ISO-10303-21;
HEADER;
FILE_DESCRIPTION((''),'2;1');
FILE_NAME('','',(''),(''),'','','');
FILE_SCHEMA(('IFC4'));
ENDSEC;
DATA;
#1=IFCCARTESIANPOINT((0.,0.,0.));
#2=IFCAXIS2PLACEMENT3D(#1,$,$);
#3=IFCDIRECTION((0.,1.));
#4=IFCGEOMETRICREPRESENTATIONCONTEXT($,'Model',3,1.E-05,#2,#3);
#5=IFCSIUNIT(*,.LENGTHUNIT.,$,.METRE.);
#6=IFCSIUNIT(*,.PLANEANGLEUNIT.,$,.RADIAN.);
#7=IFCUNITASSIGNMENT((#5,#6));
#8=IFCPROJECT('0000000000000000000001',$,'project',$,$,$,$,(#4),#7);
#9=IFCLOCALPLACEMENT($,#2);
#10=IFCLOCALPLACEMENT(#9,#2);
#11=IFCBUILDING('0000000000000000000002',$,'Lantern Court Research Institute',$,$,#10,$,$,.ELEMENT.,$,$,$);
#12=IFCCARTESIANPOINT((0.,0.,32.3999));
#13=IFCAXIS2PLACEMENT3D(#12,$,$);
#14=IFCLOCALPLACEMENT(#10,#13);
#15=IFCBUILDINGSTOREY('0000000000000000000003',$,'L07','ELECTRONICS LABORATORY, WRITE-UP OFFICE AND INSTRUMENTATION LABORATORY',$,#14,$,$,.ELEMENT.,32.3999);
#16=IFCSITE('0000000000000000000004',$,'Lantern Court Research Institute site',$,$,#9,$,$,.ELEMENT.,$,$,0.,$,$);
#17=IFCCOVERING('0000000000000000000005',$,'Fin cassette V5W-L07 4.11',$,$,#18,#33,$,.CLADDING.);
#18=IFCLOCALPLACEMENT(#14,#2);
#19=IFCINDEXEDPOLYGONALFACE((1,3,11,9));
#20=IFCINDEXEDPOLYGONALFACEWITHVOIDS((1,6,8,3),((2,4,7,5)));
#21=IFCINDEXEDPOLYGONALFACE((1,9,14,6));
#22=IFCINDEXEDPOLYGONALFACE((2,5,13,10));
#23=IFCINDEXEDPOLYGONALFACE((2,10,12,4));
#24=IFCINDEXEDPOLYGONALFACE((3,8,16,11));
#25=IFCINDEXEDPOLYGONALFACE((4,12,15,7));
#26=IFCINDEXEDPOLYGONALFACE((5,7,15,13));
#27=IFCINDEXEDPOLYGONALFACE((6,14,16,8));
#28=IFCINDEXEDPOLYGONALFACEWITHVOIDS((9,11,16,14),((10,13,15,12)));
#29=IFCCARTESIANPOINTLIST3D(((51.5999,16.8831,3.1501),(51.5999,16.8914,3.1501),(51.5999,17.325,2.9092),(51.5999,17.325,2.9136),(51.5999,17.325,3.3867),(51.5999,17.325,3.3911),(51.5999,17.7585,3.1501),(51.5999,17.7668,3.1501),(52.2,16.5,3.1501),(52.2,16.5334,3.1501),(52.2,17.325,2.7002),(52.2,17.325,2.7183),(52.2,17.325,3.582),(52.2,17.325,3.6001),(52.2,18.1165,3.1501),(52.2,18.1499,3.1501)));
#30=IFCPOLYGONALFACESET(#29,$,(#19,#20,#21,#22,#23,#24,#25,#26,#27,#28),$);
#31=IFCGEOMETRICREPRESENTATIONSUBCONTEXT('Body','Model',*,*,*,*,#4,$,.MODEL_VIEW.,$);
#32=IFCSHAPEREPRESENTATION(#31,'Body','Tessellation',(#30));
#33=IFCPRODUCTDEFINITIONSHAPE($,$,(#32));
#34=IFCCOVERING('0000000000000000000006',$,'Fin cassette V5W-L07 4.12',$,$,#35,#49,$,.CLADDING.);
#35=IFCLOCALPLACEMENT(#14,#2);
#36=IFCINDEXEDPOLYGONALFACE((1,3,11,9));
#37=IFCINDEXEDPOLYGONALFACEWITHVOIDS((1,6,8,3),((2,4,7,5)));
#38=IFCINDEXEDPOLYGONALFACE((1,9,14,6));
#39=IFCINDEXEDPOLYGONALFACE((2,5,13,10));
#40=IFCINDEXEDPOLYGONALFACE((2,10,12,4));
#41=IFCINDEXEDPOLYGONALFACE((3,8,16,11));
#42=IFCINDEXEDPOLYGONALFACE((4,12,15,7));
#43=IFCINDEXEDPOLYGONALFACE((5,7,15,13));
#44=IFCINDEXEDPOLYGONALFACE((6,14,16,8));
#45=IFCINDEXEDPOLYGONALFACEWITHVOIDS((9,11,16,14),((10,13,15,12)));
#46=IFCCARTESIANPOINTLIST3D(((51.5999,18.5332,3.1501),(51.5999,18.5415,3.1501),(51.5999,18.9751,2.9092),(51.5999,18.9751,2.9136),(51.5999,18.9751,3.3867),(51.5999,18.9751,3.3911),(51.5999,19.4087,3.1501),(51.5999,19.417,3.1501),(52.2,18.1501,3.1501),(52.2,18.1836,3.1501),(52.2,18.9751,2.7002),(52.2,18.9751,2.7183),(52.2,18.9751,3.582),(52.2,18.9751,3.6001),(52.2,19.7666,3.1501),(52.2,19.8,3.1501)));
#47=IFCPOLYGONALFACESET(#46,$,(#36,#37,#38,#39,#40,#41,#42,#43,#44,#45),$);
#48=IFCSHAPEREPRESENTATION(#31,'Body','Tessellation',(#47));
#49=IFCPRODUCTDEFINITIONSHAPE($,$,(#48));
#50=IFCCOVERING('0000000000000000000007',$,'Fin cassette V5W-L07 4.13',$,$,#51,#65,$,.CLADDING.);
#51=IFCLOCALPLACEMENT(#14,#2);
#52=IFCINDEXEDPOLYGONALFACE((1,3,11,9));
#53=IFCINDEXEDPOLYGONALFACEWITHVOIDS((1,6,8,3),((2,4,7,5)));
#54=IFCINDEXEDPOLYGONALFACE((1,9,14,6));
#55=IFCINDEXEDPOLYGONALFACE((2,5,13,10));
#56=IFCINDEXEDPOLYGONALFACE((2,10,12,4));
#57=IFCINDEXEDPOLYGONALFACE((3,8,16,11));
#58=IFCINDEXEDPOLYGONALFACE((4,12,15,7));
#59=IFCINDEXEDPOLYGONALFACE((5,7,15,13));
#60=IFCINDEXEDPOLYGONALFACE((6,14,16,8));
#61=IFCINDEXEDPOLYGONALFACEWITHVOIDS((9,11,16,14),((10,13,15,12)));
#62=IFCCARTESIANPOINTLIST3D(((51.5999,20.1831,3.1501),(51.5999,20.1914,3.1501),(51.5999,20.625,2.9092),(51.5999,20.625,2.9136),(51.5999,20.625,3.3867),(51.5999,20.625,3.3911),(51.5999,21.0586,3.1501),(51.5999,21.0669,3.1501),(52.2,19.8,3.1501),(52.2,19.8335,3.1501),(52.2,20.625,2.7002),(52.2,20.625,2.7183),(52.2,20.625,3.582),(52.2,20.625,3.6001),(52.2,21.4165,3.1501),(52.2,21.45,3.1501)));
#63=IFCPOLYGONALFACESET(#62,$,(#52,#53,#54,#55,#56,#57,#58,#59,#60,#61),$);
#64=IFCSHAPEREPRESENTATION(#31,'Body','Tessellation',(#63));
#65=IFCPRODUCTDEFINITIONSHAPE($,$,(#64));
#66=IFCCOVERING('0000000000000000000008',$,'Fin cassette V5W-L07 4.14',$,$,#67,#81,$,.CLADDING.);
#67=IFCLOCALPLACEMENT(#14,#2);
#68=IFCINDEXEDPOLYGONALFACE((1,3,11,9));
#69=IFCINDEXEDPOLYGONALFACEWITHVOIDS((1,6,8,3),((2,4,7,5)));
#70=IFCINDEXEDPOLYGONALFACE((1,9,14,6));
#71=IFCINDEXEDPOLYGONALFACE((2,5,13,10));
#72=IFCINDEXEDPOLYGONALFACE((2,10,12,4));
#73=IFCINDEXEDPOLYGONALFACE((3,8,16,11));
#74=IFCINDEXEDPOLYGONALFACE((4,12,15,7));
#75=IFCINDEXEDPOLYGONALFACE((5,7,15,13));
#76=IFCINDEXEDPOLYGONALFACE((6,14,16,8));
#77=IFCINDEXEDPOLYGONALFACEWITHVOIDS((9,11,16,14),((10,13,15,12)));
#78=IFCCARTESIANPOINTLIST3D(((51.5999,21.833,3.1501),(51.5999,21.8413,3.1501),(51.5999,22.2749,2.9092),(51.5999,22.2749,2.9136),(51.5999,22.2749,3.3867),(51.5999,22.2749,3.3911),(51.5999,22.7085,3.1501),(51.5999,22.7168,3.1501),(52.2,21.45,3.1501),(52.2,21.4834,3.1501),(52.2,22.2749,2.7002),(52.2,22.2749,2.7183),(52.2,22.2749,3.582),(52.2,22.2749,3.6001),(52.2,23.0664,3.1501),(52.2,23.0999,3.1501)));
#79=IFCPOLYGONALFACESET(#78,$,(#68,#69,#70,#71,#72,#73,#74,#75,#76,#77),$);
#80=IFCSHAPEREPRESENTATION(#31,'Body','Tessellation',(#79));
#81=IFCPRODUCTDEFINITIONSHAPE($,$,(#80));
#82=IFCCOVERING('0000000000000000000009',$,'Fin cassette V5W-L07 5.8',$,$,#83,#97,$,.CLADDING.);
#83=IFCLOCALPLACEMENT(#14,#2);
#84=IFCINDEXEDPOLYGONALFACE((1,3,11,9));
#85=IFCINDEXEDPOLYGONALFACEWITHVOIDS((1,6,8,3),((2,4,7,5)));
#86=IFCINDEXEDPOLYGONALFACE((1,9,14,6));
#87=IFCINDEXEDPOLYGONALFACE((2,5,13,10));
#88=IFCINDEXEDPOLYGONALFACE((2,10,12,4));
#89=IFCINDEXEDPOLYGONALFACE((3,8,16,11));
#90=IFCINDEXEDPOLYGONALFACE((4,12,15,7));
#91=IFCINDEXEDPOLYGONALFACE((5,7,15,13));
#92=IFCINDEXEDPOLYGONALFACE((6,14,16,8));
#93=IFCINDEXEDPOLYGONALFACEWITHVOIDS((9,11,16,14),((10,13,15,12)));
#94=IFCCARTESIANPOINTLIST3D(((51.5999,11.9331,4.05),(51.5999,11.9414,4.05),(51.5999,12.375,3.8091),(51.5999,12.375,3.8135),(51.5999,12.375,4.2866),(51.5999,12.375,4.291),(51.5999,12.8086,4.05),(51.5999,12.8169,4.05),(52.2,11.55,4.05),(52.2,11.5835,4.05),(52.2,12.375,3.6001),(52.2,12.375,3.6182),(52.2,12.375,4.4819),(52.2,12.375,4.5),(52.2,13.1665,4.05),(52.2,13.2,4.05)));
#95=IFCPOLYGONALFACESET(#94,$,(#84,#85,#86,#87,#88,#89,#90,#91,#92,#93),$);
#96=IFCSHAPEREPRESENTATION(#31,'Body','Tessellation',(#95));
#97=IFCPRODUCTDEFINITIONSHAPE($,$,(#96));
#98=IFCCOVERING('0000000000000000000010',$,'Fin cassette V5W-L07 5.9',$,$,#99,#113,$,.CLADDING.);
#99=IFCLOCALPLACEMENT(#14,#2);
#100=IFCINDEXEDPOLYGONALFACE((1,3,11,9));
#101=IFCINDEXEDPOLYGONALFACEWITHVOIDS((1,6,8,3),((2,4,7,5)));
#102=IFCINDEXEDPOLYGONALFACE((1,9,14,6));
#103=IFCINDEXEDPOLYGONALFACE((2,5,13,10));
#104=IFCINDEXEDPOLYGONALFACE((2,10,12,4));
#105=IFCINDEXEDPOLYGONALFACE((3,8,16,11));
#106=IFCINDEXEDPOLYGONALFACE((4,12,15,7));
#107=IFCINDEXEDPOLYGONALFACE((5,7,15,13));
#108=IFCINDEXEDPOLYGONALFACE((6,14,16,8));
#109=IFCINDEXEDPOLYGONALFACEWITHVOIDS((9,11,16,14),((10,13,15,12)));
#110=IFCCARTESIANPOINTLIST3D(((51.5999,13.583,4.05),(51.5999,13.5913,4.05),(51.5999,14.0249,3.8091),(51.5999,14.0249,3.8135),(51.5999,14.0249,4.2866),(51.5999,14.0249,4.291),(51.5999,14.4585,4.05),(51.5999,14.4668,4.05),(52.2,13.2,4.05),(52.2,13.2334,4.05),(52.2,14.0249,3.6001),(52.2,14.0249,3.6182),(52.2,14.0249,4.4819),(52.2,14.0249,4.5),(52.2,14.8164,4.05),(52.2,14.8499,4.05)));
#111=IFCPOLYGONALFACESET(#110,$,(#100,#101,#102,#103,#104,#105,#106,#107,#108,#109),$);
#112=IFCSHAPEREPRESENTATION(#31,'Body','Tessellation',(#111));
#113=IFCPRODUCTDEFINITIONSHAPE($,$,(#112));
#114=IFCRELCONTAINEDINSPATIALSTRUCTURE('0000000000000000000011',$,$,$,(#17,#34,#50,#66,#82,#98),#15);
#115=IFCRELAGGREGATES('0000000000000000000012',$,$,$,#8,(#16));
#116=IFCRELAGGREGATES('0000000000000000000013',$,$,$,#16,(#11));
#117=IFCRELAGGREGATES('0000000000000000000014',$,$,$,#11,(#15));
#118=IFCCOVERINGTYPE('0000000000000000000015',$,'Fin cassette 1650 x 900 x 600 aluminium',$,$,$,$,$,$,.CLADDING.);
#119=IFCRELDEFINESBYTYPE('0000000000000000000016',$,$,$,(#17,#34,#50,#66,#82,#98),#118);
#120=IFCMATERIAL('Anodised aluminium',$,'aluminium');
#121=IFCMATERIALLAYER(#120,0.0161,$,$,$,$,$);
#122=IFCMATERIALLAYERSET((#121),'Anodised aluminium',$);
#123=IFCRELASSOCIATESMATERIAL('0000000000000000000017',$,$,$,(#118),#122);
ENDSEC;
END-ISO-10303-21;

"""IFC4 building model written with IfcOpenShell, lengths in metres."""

from ifc_helpers import new_model, entity, si_unit, direction, frame, origin, place, context, subcontext, project, spatial, material, layer, layer_set, type_object, element, save


model = new_model("IFC4")

# Units and contexts
model_context = context("Model", 3, precision=1e-05, world=origin(), true_north=direction((0.0, 1.0)))
body_context = subcontext(model_context, "Body", "Model", "MODEL_VIEW")
ifc_project = project(units=[si_unit("LENGTHUNIT", "METRE"), si_unit("PLANEANGLEUNIT", "RADIAN")], contexts=[model_context])

# Site, building, storey
site_placement = place(None, origin())
site = spatial("IfcSite", under=ifc_project, at=site_placement, Name="Lantern Court Research Institute site", CompositionType="ELEMENT", RefElevation=0.0)
building_placement = place(site_placement, origin())
building = spatial("IfcBuilding", under=site, at=building_placement, Name="Lantern Court Research Institute", CompositionType="ELEMENT")
storey_placement = place(building_placement, frame((0.0, 0.0, 32.3999)))
storey = spatial("IfcBuildingStorey", under=building, at=storey_placement, Name="L07", Description="ELECTRONICS LABORATORY, WRITE-UP OFFICE AND INSTRUMENTATION LABORATORY", CompositionType="ELEMENT", Elevation=32.3999)

# Coverings
ifc_material_1 = material(Name="Anodised aluminium", Category="aluminium")
ifc_layer = layer(ifc_material_1, 0.0161)
ifc_layer_set = layer_set([ifc_layer], Name="Anodised aluminium")
covering_type = type_object("IfcCoveringType", Name="Fin cassette 1650 x 900 x 600 aluminium", PredefinedType="CLADDING", material=ifc_layer_set)
covering_1_placement = place(storey_placement, frame((52.2, 17.325, 3.1501), z_axis=(-1.0, 0.0, 0.0), x_axis=(0.0, -1.0, 0.0)))
cartesian_point_1 = entity("IfcCartesianPoint", [0.825, 0.0])
cartesian_point_2 = entity("IfcCartesianPoint", [0.7915, 0.0])
cartesian_point_3 = entity("IfcCartesianPoint", [0.4419, 0.0])
cartesian_point_4 = entity("IfcCartesianPoint", [0.4336, 0.0])
element("IfcCovering", 1, at=covering_1_placement, inside=storey, type_object=covering_type, Name="Fin cassette V5W-L07 4.11", PredefinedType="CLADDING", context=body_context, shape_type="SweptSolid", body=[
    entity("IfcExtrudedAreaSolidTapered", entity("IfcArbitraryProfileDefWithVoids", "AREA", None, entity("IfcPolyline", [cartesian_point_1, entity("IfcCartesianPoint", [0.0, 0.45]), entity("IfcCartesianPoint", [-0.825, 0.0]), entity("IfcCartesianPoint", [0.0, -0.45]), cartesian_point_1]), [entity("IfcPolyline", [cartesian_point_2, entity("IfcCartesianPoint", [0.0, 0.4319]), entity("IfcCartesianPoint", [-0.7915, 0.0]), entity("IfcCartesianPoint", [0.0, -0.4319]), cartesian_point_2])]), entity("IfcAxis2Placement3D", entity("IfcCartesianPoint", [0.0, 0.0, 0.0])), entity("IfcDirection", [0.0, 0.0, 1.0]), 0.6001, entity("IfcArbitraryProfileDefWithVoids", "AREA", None, entity("IfcPolyline", [cartesian_point_3, entity("IfcCartesianPoint", [0.0, 0.241]), entity("IfcCartesianPoint", [-0.4419, 0.0]), entity("IfcCartesianPoint", [0.0, -0.241]), cartesian_point_3]), [entity("IfcPolyline", [cartesian_point_4, entity("IfcCartesianPoint", [0.0, 0.2366]), entity("IfcCartesianPoint", [-0.4336, 0.0]), entity("IfcCartesianPoint", [0.0, -0.2366]), cartesian_point_4])])),
])
covering_2_placement = place(storey_placement, frame((52.2, 18.9751, 3.1501), z_axis=(-1.0, 0.0, 0.0), x_axis=(0.0, -1.0, 0.0)))
cartesian_point_5 = entity("IfcCartesianPoint", [0.825, 0.0])
cartesian_point_6 = entity("IfcCartesianPoint", [0.7915, 0.0])
cartesian_point_7 = entity("IfcCartesianPoint", [0.4419, 0.0])
cartesian_point_8 = entity("IfcCartesianPoint", [0.4336, 0.0])
element("IfcCovering", 2, at=covering_2_placement, inside=storey, type_object=covering_type, Name="Fin cassette V5W-L07 4.12", PredefinedType="CLADDING", context=body_context, shape_type="SweptSolid", body=[
    entity("IfcExtrudedAreaSolidTapered", entity("IfcArbitraryProfileDefWithVoids", "AREA", None, entity("IfcPolyline", [cartesian_point_5, entity("IfcCartesianPoint", [0.0, 0.45]), entity("IfcCartesianPoint", [-0.825, 0.0]), entity("IfcCartesianPoint", [0.0, -0.45]), cartesian_point_5]), [entity("IfcPolyline", [cartesian_point_6, entity("IfcCartesianPoint", [0.0, 0.4319]), entity("IfcCartesianPoint", [-0.7915, 0.0]), entity("IfcCartesianPoint", [0.0, -0.4319]), cartesian_point_6])]), entity("IfcAxis2Placement3D", entity("IfcCartesianPoint", [0.0, 0.0, 0.0])), entity("IfcDirection", [0.0, 0.0, 1.0]), 0.6001, entity("IfcArbitraryProfileDefWithVoids", "AREA", None, entity("IfcPolyline", [cartesian_point_7, entity("IfcCartesianPoint", [0.0, 0.241]), entity("IfcCartesianPoint", [-0.4419, 0.0]), entity("IfcCartesianPoint", [0.0, -0.241]), cartesian_point_7]), [entity("IfcPolyline", [cartesian_point_8, entity("IfcCartesianPoint", [0.0, 0.2366]), entity("IfcCartesianPoint", [-0.4336, 0.0]), entity("IfcCartesianPoint", [0.0, -0.2366]), cartesian_point_8])])),
])
covering_3_placement = place(storey_placement, frame((52.2, 20.625, 3.1501), z_axis=(-1.0, 0.0, 0.0), x_axis=(0.0, -1.0, 0.0)))
cartesian_point_9 = entity("IfcCartesianPoint", [0.825, 0.0])
cartesian_point_10 = entity("IfcCartesianPoint", [0.7915, 0.0])
cartesian_point_11 = entity("IfcCartesianPoint", [0.4419, 0.0])
cartesian_point_12 = entity("IfcCartesianPoint", [0.4336, 0.0])
element("IfcCovering", 3, at=covering_3_placement, inside=storey, type_object=covering_type, Name="Fin cassette V5W-L07 4.13", PredefinedType="CLADDING", context=body_context, shape_type="SweptSolid", body=[
    entity("IfcExtrudedAreaSolidTapered", entity("IfcArbitraryProfileDefWithVoids", "AREA", None, entity("IfcPolyline", [cartesian_point_9, entity("IfcCartesianPoint", [0.0, 0.45]), entity("IfcCartesianPoint", [-0.825, 0.0]), entity("IfcCartesianPoint", [0.0, -0.45]), cartesian_point_9]), [entity("IfcPolyline", [cartesian_point_10, entity("IfcCartesianPoint", [0.0, 0.4319]), entity("IfcCartesianPoint", [-0.7915, 0.0]), entity("IfcCartesianPoint", [0.0, -0.4319]), cartesian_point_10])]), entity("IfcAxis2Placement3D", entity("IfcCartesianPoint", [0.0, 0.0, 0.0])), entity("IfcDirection", [0.0, 0.0, 1.0]), 0.6001, entity("IfcArbitraryProfileDefWithVoids", "AREA", None, entity("IfcPolyline", [cartesian_point_11, entity("IfcCartesianPoint", [0.0, 0.241]), entity("IfcCartesianPoint", [-0.4419, 0.0]), entity("IfcCartesianPoint", [0.0, -0.241]), cartesian_point_11]), [entity("IfcPolyline", [cartesian_point_12, entity("IfcCartesianPoint", [0.0, 0.2366]), entity("IfcCartesianPoint", [-0.4336, 0.0]), entity("IfcCartesianPoint", [0.0, -0.2366]), cartesian_point_12])])),
])
covering_4_placement = place(storey_placement, frame((52.2, 22.2749, 3.1501), z_axis=(-1.0, 0.0, 0.0), x_axis=(0.0, -1.0, 0.0)))
cartesian_point_13 = entity("IfcCartesianPoint", [0.825, 0.0])
cartesian_point_14 = entity("IfcCartesianPoint", [0.7915, 0.0])
cartesian_point_15 = entity("IfcCartesianPoint", [0.4419, 0.0])
cartesian_point_16 = entity("IfcCartesianPoint", [0.4336, 0.0])
element("IfcCovering", 4, at=covering_4_placement, inside=storey, type_object=covering_type, Name="Fin cassette V5W-L07 4.14", PredefinedType="CLADDING", context=body_context, shape_type="SweptSolid", body=[
    entity("IfcExtrudedAreaSolidTapered", entity("IfcArbitraryProfileDefWithVoids", "AREA", None, entity("IfcPolyline", [cartesian_point_13, entity("IfcCartesianPoint", [0.0, 0.45]), entity("IfcCartesianPoint", [-0.825, 0.0]), entity("IfcCartesianPoint", [0.0, -0.45]), cartesian_point_13]), [entity("IfcPolyline", [cartesian_point_14, entity("IfcCartesianPoint", [0.0, 0.4319]), entity("IfcCartesianPoint", [-0.7915, 0.0]), entity("IfcCartesianPoint", [0.0, -0.4319]), cartesian_point_14])]), entity("IfcAxis2Placement3D", entity("IfcCartesianPoint", [0.0, 0.0, 0.0])), entity("IfcDirection", [0.0, 0.0, 1.0]), 0.6001, entity("IfcArbitraryProfileDefWithVoids", "AREA", None, entity("IfcPolyline", [cartesian_point_15, entity("IfcCartesianPoint", [0.0, 0.241]), entity("IfcCartesianPoint", [-0.4419, 0.0]), entity("IfcCartesianPoint", [0.0, -0.241]), cartesian_point_15]), [entity("IfcPolyline", [cartesian_point_16, entity("IfcCartesianPoint", [0.0, 0.2366]), entity("IfcCartesianPoint", [-0.4336, 0.0]), entity("IfcCartesianPoint", [0.0, -0.2366]), cartesian_point_16])])),
])
covering_5_placement = place(storey_placement, frame((52.2, 12.375, 4.05), z_axis=(-1.0, 0.0, 0.0), x_axis=(0.0, -1.0, 0.0)))
cartesian_point_17 = entity("IfcCartesianPoint", [0.825, 0.0])
cartesian_point_18 = entity("IfcCartesianPoint", [0.7915, 0.0])
cartesian_point_19 = entity("IfcCartesianPoint", [0.4419, 0.0])
cartesian_point_20 = entity("IfcCartesianPoint", [0.4336, 0.0])
element("IfcCovering", 5, at=covering_5_placement, inside=storey, type_object=covering_type, Name="Fin cassette V5W-L07 5.8", PredefinedType="CLADDING", context=body_context, shape_type="SweptSolid", body=[
    entity("IfcExtrudedAreaSolidTapered", entity("IfcArbitraryProfileDefWithVoids", "AREA", None, entity("IfcPolyline", [cartesian_point_17, entity("IfcCartesianPoint", [0.0, 0.45]), entity("IfcCartesianPoint", [-0.825, 0.0]), entity("IfcCartesianPoint", [0.0, -0.45]), cartesian_point_17]), [entity("IfcPolyline", [cartesian_point_18, entity("IfcCartesianPoint", [0.0, 0.4319]), entity("IfcCartesianPoint", [-0.7915, 0.0]), entity("IfcCartesianPoint", [0.0, -0.4319]), cartesian_point_18])]), entity("IfcAxis2Placement3D", entity("IfcCartesianPoint", [0.0, 0.0, 0.0])), entity("IfcDirection", [0.0, 0.0, 1.0]), 0.6001, entity("IfcArbitraryProfileDefWithVoids", "AREA", None, entity("IfcPolyline", [cartesian_point_19, entity("IfcCartesianPoint", [0.0, 0.241]), entity("IfcCartesianPoint", [-0.4419, 0.0]), entity("IfcCartesianPoint", [0.0, -0.241]), cartesian_point_19]), [entity("IfcPolyline", [cartesian_point_20, entity("IfcCartesianPoint", [0.0, 0.2366]), entity("IfcCartesianPoint", [-0.4336, 0.0]), entity("IfcCartesianPoint", [0.0, -0.2366]), cartesian_point_20])])),
])
covering_6_placement = place(storey_placement, frame((52.2, 14.0249, 4.05), z_axis=(-1.0, 0.0, 0.0), x_axis=(0.0, -1.0, 0.0)))
cartesian_point_21 = entity("IfcCartesianPoint", [0.825, 0.0])
cartesian_point_22 = entity("IfcCartesianPoint", [0.7915, 0.0])
cartesian_point_23 = entity("IfcCartesianPoint", [0.4419, 0.0])
cartesian_point_24 = entity("IfcCartesianPoint", [0.4336, 0.0])
element("IfcCovering", 6, at=covering_6_placement, inside=storey, type_object=covering_type, Name="Fin cassette V5W-L07 5.9", PredefinedType="CLADDING", context=body_context, shape_type="SweptSolid", body=[
    entity("IfcExtrudedAreaSolidTapered", entity("IfcArbitraryProfileDefWithVoids", "AREA", None, entity("IfcPolyline", [cartesian_point_21, entity("IfcCartesianPoint", [0.0, 0.45]), entity("IfcCartesianPoint", [-0.825, 0.0]), entity("IfcCartesianPoint", [0.0, -0.45]), cartesian_point_21]), [entity("IfcPolyline", [cartesian_point_22, entity("IfcCartesianPoint", [0.0, 0.4319]), entity("IfcCartesianPoint", [-0.7915, 0.0]), entity("IfcCartesianPoint", [0.0, -0.4319]), cartesian_point_22])]), entity("IfcAxis2Placement3D", entity("IfcCartesianPoint", [0.0, 0.0, 0.0])), entity("IfcDirection", [0.0, 0.0, 1.0]), 0.6001, entity("IfcArbitraryProfileDefWithVoids", "AREA", None, entity("IfcPolyline", [cartesian_point_23, entity("IfcCartesianPoint", [0.0, 0.241]), entity("IfcCartesianPoint", [-0.4419, 0.0]), entity("IfcCartesianPoint", [0.0, -0.241]), cartesian_point_23]), [entity("IfcPolyline", [cartesian_point_24, entity("IfcCartesianPoint", [0.0, 0.2366]), entity("IfcCartesianPoint", [-0.4336, 0.0]), entity("IfcCartesianPoint", [0.0, -0.2366]), cartesian_point_24])])),
])

save(model, "model.ifc")
